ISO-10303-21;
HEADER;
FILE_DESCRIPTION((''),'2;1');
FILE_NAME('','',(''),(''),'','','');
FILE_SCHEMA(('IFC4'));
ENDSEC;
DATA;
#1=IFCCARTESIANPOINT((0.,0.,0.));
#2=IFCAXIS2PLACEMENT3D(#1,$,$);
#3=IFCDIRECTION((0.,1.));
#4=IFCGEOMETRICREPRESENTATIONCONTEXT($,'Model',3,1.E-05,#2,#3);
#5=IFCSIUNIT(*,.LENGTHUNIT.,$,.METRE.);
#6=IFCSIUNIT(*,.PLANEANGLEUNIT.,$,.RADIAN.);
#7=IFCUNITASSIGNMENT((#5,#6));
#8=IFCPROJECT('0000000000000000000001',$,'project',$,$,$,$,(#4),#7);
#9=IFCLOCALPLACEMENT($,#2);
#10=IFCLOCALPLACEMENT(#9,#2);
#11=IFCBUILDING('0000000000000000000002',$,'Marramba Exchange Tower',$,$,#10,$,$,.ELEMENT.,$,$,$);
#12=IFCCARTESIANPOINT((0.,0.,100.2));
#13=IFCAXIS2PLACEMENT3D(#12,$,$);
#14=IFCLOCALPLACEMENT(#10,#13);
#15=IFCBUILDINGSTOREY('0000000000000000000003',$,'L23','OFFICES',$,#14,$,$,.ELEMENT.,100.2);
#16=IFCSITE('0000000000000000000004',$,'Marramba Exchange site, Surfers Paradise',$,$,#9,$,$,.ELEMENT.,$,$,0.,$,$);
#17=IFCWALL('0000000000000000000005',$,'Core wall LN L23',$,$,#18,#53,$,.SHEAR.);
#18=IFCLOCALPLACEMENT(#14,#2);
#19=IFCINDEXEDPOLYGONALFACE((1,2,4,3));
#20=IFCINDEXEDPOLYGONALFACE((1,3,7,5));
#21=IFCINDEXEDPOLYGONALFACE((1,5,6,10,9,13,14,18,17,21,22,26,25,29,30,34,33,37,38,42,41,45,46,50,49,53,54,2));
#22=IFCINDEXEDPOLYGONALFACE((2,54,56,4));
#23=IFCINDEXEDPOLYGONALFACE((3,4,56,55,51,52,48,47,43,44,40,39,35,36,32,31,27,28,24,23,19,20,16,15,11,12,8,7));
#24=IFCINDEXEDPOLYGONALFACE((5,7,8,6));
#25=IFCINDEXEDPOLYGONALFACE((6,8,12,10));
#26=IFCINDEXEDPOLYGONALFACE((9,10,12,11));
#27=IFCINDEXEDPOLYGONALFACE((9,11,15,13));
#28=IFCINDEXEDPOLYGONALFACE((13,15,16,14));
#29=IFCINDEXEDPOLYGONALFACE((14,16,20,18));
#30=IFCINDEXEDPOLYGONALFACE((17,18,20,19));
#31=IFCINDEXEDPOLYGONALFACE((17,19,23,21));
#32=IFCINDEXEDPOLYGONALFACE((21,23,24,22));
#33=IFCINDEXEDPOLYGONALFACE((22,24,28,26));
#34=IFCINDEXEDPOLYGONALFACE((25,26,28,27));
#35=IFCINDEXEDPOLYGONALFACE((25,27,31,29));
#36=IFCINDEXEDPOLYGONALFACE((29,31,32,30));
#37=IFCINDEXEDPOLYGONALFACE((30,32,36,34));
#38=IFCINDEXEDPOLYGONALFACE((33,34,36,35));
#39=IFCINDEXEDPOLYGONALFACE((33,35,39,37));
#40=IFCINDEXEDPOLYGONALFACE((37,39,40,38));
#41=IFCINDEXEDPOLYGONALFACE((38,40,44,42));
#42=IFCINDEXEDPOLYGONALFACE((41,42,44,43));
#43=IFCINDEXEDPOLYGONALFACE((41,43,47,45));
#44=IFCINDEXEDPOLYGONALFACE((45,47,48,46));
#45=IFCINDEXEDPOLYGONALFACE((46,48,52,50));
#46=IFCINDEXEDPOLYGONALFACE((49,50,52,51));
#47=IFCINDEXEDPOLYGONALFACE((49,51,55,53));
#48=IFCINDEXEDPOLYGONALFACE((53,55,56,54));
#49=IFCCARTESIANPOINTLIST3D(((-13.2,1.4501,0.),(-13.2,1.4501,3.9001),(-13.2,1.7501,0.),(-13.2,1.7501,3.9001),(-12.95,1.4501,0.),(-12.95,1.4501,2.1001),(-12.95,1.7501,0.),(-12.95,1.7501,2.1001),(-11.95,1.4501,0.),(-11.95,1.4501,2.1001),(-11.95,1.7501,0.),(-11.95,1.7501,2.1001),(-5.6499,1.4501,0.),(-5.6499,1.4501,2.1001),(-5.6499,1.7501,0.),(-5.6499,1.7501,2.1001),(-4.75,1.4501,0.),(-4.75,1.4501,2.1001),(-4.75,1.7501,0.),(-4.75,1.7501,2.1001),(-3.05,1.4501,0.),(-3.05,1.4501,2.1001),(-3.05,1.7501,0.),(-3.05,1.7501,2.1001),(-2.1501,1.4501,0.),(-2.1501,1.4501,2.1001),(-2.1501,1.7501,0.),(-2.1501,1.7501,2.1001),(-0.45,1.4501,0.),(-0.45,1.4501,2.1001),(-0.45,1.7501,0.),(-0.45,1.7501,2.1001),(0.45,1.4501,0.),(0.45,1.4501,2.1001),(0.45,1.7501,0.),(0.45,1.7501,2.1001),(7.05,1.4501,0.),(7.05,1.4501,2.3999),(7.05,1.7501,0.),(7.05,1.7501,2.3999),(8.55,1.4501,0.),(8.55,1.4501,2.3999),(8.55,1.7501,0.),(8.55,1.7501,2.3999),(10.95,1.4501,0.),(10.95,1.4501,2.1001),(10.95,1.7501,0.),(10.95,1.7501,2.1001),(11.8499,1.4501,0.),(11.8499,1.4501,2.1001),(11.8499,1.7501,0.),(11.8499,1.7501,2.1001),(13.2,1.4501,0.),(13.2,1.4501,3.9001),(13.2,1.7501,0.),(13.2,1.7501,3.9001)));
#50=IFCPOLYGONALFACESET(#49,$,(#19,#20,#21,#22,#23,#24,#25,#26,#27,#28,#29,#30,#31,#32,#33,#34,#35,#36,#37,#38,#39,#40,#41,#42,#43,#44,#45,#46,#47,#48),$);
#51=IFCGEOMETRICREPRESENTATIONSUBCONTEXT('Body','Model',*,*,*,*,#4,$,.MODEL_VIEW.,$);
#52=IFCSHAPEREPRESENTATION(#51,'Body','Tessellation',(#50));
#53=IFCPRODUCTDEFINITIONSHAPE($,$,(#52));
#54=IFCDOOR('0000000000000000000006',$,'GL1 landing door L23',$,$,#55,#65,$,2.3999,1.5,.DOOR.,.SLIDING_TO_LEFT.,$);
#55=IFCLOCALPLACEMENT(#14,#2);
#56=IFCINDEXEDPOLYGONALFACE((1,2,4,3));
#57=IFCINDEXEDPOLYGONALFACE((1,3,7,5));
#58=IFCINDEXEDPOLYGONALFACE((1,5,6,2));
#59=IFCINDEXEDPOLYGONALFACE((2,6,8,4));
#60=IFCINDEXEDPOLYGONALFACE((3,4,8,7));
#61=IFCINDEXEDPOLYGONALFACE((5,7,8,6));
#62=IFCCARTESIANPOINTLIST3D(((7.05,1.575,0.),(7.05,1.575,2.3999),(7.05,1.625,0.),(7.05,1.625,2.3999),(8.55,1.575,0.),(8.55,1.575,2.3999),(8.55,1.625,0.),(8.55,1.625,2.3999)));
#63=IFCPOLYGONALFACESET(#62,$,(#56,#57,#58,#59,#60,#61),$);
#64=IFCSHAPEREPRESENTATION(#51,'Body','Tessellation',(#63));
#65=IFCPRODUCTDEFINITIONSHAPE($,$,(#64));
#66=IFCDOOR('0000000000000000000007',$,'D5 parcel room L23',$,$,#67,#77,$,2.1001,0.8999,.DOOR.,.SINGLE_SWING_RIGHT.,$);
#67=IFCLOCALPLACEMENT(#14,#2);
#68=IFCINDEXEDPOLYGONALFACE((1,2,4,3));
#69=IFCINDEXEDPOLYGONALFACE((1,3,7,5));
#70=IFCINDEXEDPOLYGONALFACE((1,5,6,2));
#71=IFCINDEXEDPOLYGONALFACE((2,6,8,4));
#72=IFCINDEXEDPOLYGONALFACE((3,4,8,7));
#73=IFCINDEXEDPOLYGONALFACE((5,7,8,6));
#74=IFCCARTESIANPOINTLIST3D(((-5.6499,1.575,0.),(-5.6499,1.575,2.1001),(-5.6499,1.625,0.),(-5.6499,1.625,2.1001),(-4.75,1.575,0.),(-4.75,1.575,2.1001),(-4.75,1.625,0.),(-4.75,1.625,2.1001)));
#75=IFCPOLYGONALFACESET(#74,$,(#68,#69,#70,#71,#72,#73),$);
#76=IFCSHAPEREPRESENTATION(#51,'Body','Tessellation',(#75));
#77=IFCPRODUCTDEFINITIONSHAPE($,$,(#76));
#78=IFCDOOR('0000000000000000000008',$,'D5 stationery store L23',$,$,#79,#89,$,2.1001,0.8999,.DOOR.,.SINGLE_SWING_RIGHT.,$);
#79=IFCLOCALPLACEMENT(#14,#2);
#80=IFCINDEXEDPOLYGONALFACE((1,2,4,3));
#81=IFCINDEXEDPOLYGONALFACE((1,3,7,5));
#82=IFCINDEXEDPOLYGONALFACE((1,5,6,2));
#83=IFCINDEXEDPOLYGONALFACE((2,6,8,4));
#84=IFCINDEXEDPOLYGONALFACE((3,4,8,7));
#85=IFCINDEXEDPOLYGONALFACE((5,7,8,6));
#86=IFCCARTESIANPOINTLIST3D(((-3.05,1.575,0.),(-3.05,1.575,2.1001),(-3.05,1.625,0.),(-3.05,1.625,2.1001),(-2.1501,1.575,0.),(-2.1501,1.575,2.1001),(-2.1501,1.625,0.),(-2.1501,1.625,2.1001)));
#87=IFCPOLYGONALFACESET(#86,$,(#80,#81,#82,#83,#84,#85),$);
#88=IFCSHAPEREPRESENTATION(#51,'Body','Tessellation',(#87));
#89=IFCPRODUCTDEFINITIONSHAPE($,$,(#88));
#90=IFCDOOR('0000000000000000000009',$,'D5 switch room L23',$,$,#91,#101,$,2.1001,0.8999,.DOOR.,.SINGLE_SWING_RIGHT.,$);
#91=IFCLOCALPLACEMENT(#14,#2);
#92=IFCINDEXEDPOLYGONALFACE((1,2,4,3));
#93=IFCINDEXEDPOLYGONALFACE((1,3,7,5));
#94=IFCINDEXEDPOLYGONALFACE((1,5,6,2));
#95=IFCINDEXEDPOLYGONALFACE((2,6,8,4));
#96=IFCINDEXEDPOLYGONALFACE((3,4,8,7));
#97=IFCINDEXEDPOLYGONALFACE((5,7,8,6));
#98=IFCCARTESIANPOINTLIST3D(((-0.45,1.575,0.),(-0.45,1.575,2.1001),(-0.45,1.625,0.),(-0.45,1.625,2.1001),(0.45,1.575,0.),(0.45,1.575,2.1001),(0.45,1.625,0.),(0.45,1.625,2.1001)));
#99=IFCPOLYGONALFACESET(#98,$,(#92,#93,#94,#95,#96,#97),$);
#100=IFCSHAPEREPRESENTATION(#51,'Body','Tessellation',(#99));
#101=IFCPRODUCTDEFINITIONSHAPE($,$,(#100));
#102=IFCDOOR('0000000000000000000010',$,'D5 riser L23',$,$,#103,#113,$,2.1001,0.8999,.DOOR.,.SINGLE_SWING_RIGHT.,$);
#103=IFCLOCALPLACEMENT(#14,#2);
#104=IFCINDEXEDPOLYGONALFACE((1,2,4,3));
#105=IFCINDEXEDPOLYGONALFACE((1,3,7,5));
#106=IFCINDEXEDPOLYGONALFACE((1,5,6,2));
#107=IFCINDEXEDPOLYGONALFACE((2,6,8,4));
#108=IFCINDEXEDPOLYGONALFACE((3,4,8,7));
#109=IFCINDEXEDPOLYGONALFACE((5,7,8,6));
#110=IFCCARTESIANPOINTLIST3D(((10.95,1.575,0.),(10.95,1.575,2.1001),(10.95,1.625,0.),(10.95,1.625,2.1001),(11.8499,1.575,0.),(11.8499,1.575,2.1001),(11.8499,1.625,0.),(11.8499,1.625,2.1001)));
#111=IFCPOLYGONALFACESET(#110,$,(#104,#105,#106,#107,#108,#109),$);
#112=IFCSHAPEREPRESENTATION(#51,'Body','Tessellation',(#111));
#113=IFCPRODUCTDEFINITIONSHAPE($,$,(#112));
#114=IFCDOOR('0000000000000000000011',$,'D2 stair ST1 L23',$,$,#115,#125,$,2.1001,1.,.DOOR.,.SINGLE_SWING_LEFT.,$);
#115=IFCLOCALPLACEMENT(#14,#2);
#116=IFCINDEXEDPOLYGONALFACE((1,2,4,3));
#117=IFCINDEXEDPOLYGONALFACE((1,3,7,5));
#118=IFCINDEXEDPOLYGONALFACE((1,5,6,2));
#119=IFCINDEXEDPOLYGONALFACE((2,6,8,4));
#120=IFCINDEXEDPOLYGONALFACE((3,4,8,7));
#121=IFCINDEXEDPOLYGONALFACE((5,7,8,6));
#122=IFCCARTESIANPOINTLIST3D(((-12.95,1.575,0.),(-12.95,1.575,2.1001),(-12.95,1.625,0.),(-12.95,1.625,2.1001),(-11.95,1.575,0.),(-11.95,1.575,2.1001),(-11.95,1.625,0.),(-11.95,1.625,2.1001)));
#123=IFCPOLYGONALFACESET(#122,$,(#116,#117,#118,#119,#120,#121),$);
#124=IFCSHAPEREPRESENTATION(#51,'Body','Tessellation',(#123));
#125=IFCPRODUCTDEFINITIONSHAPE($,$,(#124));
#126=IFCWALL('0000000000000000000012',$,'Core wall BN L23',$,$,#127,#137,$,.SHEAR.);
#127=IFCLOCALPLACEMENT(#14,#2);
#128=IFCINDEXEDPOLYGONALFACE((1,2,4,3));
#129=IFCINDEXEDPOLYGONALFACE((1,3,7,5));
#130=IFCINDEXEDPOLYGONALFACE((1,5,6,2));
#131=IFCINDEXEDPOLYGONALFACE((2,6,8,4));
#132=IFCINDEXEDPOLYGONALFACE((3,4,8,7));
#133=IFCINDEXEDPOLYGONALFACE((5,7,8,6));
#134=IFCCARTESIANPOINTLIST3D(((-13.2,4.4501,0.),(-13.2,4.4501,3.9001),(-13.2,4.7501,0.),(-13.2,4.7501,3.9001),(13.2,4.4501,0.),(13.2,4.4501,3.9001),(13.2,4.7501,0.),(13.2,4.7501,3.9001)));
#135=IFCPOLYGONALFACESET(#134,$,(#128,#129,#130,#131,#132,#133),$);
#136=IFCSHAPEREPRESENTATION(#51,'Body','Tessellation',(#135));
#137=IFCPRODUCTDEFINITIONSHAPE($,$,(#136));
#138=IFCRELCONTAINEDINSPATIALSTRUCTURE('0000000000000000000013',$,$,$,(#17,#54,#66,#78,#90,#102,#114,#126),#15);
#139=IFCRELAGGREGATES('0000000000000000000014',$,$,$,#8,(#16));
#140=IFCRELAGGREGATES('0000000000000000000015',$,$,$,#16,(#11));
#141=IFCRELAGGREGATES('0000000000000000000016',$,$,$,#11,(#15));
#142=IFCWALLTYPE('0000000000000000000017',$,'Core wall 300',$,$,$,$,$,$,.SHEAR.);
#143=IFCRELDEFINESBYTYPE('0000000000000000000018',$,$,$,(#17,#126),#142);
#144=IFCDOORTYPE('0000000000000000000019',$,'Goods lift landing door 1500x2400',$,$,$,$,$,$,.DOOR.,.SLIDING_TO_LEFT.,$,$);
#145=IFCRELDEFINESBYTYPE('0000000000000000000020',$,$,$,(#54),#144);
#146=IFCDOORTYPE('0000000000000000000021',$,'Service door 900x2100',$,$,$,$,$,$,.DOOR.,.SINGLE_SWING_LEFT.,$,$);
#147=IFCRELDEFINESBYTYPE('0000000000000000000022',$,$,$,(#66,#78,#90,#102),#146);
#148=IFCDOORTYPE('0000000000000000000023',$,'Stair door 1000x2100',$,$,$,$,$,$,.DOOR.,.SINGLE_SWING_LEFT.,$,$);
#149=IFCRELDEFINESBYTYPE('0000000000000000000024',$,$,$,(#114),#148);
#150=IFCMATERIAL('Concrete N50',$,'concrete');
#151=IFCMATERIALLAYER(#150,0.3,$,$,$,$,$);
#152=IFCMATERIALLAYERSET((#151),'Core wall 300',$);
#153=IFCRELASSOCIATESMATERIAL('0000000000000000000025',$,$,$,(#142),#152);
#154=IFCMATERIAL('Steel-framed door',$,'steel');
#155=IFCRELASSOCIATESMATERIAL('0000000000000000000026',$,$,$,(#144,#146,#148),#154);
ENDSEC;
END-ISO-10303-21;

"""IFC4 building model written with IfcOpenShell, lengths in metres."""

from ifc_helpers import new_model, si_unit, direction, frame, frame_2d, origin, place, context, subcontext, project, spatial, rectangle, extrude, material, layer, layer_set, type_object, element, fill, save


model = new_model("IFC4")

# Units and contexts
model_context = context("Model", 3, precision=1e-05, world=origin(), true_north=direction((0.0, 1.0)))
body_context = subcontext(model_context, "Body", "Model", "MODEL_VIEW")
ifc_project = project(units=[si_unit("LENGTHUNIT", "METRE"), si_unit("PLANEANGLEUNIT", "RADIAN")], contexts=[model_context])

# Site, building, storey
site_placement = place(None, origin())
site = spatial("IfcSite", under=ifc_project, at=site_placement, Name="Marramba Exchange site, Surfers Paradise", CompositionType="ELEMENT", RefElevation=0.0)
building_placement = place(site_placement, origin())
building = spatial("IfcBuilding", under=site, at=building_placement, Name="Marramba Exchange Tower", CompositionType="ELEMENT")
storey_placement = place(building_placement, frame((0.0, 0.0, 100.2)))
storey = spatial("IfcBuildingStorey", under=building, at=storey_placement, Name="L23", Description="OFFICES", CompositionType="ELEMENT", Elevation=100.2)

# Shared definitions
ifc_material_1 = material(Name="Concrete N50", Category="concrete")

# Wall, openings, doors
ifc_layer_1 = layer(ifc_material_1, 0.3)
ifc_layer_set_1 = layer_set([ifc_layer_1], Name="Core wall 300")
wall_type_1 = type_object("IfcWallType", Name="Core wall 300", PredefinedType="SHEAR", material=ifc_layer_set_1)
wall_1_placement = place(storey_placement, frame((-13.2, 1.6001, 0.0), z_axis=(0.0, 0.0, 1.0), x_axis=(1.0, 0.0, 0.0)))
wall_1 = element("IfcWall", 1, at=wall_1_placement, inside=storey, type_object=wall_type_1, Name="Core wall LN L23", PredefinedType="SHEAR", context=body_context, shape_type="SweptSolid", body=[
    extrude(rectangle(XDim=26.3999, YDim=0.3, at=frame_2d((13.2, 0.0))), origin(), (0.0, 0.0, 1.0), 3.9001),
])
opening_1_placement = place(wall_1_placement, frame((0.25, 0.0, 0.0)))
opening_1 = element("IfcOpeningElement", 2, at=opening_1_placement, cuts=wall_1, PredefinedType="OPENING", context=body_context, shape_type="SweptSolid", body=[
    extrude(rectangle(XDim=1.0, YDim=2.1001, at=frame_2d((0.5, 1.05))), frame((0.0, 0.1599, 0.0), z_axis=(0.0, -1.0, 0.0), x_axis=(1.0, 0.0, 0.0)), (0.0, 0.0, 1.0), 0.3201),
])
opening_2_placement = place(wall_1_placement, frame((20.25, 0.0, 0.0)))
opening_2 = element("IfcOpeningElement", 3, at=opening_2_placement, cuts=wall_1, PredefinedType="OPENING", context=body_context, shape_type="SweptSolid", body=[
    extrude(rectangle(XDim=1.5, YDim=2.3999, at=frame_2d((0.75, 1.2))), frame((0.0, 0.1599, 0.0), z_axis=(0.0, -1.0, 0.0), x_axis=(1.0, 0.0, 0.0)), (0.0, 0.0, 1.0), 0.3201),
])
opening_3_placement = place(wall_1_placement, frame((7.55, 0.0, 0.0)))
opening_3 = element("IfcOpeningElement", 4, at=opening_3_placement, cuts=wall_1, PredefinedType="OPENING", context=body_context, shape_type="SweptSolid", body=[
    extrude(rectangle(XDim=0.8999, YDim=2.1001, at=frame_2d((0.45, 1.05))), frame((0.0, 0.1599, 0.0), z_axis=(0.0, -1.0, 0.0), x_axis=(1.0, 0.0, 0.0)), (0.0, 0.0, 1.0), 0.3201),
])
opening_4_placement = place(wall_1_placement, frame((10.1499, 0.0, 0.0)))
opening_4 = element("IfcOpeningElement", 5, at=opening_4_placement, cuts=wall_1, PredefinedType="OPENING", context=body_context, shape_type="SweptSolid", body=[
    extrude(rectangle(XDim=0.8999, YDim=2.1001, at=frame_2d((0.45, 1.05))), frame((0.0, 0.1599, 0.0), z_axis=(0.0, -1.0, 0.0), x_axis=(1.0, 0.0, 0.0)), (0.0, 0.0, 1.0), 0.3201),
])
opening_5_placement = place(wall_1_placement, frame((12.75, 0.0, 0.0)))
opening_5 = element("IfcOpeningElement", 6, at=opening_5_placement, cuts=wall_1, PredefinedType="OPENING", context=body_context, shape_type="SweptSolid", body=[
    extrude(rectangle(XDim=0.8999, YDim=2.1001, at=frame_2d((0.45, 1.05))), frame((0.0, 0.1599, 0.0), z_axis=(0.0, -1.0, 0.0), x_axis=(1.0, 0.0, 0.0)), (0.0, 0.0, 1.0), 0.3201),
])
opening_6_placement = place(wall_1_placement, frame((24.1499, 0.0, 0.0)))
opening_6 = element("IfcOpeningElement", 7, at=opening_6_placement, cuts=wall_1, PredefinedType="OPENING", context=body_context, shape_type="SweptSolid", body=[
    extrude(rectangle(XDim=0.8999, YDim=2.1001, at=frame_2d((0.45, 1.05))), frame((0.0, 0.1599, 0.0), z_axis=(0.0, -1.0, 0.0), x_axis=(1.0, 0.0, 0.0)), (0.0, 0.0, 1.0), 0.3201),
])
ifc_material_2 = material(Name="Steel-framed door", Category="steel")
door_type_1 = type_object("IfcDoorType", Name="Goods lift landing door 1500x2400", OperationType="SLIDING_TO_LEFT", PredefinedType="DOOR", material=ifc_material_2)
door_1_placement = place(opening_2_placement, origin())
door_1 = element("IfcDoor", 8, at=door_1_placement, inside=storey, type_object=door_type_1, Name="GL1 landing door L23", OperationType="SLIDING_TO_LEFT", OverallHeight=2.3999, OverallWidth=1.5, PredefinedType="DOOR", context=body_context, shape_type="SweptSolid", body=[
    extrude(rectangle(XDim=1.5, YDim=2.3999, at=frame_2d((0.75, 1.2))), frame((0.0, 0.0249, 0.0), z_axis=(0.0, -1.0, 0.0), x_axis=(1.0, 0.0, 0.0)), (0.0, 0.0, 1.0), 0.05),
])
fill(opening_2, door_1)
door_type_2 = type_object("IfcDoorType", Name="Service door 900x2100", OperationType="SINGLE_SWING_LEFT", PredefinedType="DOOR", material=ifc_material_2)
door_2_placement = place(opening_3_placement, origin())
door_2 = element("IfcDoor", 9, at=door_2_placement, inside=storey, type_object=door_type_2, Name="D5 parcel room L23", OperationType="SINGLE_SWING_RIGHT", OverallHeight=2.1001, OverallWidth=0.8999, PredefinedType="DOOR", context=body_context, shape_type="SweptSolid", body=[
    extrude(rectangle(XDim=0.8999, YDim=2.1001, at=frame_2d((0.45, 1.05))), frame((0.0, 0.0249, 0.0), z_axis=(0.0, -1.0, 0.0), x_axis=(1.0, 0.0, 0.0)), (0.0, 0.0, 1.0), 0.05),
])
fill(opening_3, door_2)
door_3_placement = place(opening_4_placement, origin())
door_3 = element("IfcDoor", 10, at=door_3_placement, inside=storey, type_object=door_type_2, Name="D5 stationery store L23", OperationType="SINGLE_SWING_RIGHT", OverallHeight=2.1001, OverallWidth=0.8999, PredefinedType="DOOR", context=body_context, shape_type="SweptSolid", body=[
    extrude(rectangle(XDim=0.8999, YDim=2.1001, at=frame_2d((0.45, 1.05))), frame((0.0, 0.0249, 0.0), z_axis=(0.0, -1.0, 0.0), x_axis=(1.0, 0.0, 0.0)), (0.0, 0.0, 1.0), 0.05),
])
fill(opening_4, door_3)
door_4_placement = place(opening_5_placement, origin())
door_4 = element("IfcDoor", 11, at=door_4_placement, inside=storey, type_object=door_type_2, Name="D5 switch room L23", OperationType="SINGLE_SWING_RIGHT", OverallHeight=2.1001, OverallWidth=0.8999, PredefinedType="DOOR", context=body_context, shape_type="SweptSolid", body=[
    extrude(rectangle(XDim=0.8999, YDim=2.1001, at=frame_2d((0.45, 1.05))), frame((0.0, 0.0249, 0.0), z_axis=(0.0, -1.0, 0.0), x_axis=(1.0, 0.0, 0.0)), (0.0, 0.0, 1.0), 0.05),
])
fill(opening_5, door_4)
door_5_placement = place(opening_6_placement, origin())
door_5 = element("IfcDoor", 12, at=door_5_placement, inside=storey, type_object=door_type_2, Name="D5 riser L23", OperationType="SINGLE_SWING_RIGHT", OverallHeight=2.1001, OverallWidth=0.8999, PredefinedType="DOOR", context=body_context, shape_type="SweptSolid", body=[
    extrude(rectangle(XDim=0.8999, YDim=2.1001, at=frame_2d((0.45, 1.05))), frame((0.0, 0.0249, 0.0), z_axis=(0.0, -1.0, 0.0), x_axis=(1.0, 0.0, 0.0)), (0.0, 0.0, 1.0), 0.05),
])
fill(opening_6, door_5)
door_type_3 = type_object("IfcDoorType", Name="Stair door 1000x2100", OperationType="SINGLE_SWING_LEFT", PredefinedType="DOOR", material=ifc_material_2)
door_6_placement = place(opening_1_placement, origin())
door_6 = element("IfcDoor", 13, at=door_6_placement, inside=storey, type_object=door_type_3, Name="D2 stair ST1 L23", OperationType="SINGLE_SWING_LEFT", OverallHeight=2.1001, OverallWidth=1.0, PredefinedType="DOOR", context=body_context, shape_type="SweptSolid", body=[
    extrude(rectangle(XDim=1.0, YDim=2.1001, at=frame_2d((0.5, 1.05))), frame((0.0, 0.0249, 0.0), z_axis=(0.0, -1.0, 0.0), x_axis=(1.0, 0.0, 0.0)), (0.0, 0.0, 1.0), 0.05),
])
fill(opening_1, door_6)

# Wall
wall_2_placement = place(storey_placement, frame((-13.2, 4.6001, 0.0), z_axis=(0.0, 0.0, 1.0), x_axis=(1.0, 0.0, 0.0)))
element("IfcWall", 14, at=wall_2_placement, inside=storey, type_object=wall_type_1, Name="Core wall BN L23", PredefinedType="SHEAR", context=body_context, shape_type="SweptSolid", body=[
    extrude(rectangle(XDim=26.3999, YDim=0.3, at=frame_2d((13.2, 0.0))), origin(), (0.0, 0.0, 1.0), 3.9001),
])

save(model, "model.ifc")
